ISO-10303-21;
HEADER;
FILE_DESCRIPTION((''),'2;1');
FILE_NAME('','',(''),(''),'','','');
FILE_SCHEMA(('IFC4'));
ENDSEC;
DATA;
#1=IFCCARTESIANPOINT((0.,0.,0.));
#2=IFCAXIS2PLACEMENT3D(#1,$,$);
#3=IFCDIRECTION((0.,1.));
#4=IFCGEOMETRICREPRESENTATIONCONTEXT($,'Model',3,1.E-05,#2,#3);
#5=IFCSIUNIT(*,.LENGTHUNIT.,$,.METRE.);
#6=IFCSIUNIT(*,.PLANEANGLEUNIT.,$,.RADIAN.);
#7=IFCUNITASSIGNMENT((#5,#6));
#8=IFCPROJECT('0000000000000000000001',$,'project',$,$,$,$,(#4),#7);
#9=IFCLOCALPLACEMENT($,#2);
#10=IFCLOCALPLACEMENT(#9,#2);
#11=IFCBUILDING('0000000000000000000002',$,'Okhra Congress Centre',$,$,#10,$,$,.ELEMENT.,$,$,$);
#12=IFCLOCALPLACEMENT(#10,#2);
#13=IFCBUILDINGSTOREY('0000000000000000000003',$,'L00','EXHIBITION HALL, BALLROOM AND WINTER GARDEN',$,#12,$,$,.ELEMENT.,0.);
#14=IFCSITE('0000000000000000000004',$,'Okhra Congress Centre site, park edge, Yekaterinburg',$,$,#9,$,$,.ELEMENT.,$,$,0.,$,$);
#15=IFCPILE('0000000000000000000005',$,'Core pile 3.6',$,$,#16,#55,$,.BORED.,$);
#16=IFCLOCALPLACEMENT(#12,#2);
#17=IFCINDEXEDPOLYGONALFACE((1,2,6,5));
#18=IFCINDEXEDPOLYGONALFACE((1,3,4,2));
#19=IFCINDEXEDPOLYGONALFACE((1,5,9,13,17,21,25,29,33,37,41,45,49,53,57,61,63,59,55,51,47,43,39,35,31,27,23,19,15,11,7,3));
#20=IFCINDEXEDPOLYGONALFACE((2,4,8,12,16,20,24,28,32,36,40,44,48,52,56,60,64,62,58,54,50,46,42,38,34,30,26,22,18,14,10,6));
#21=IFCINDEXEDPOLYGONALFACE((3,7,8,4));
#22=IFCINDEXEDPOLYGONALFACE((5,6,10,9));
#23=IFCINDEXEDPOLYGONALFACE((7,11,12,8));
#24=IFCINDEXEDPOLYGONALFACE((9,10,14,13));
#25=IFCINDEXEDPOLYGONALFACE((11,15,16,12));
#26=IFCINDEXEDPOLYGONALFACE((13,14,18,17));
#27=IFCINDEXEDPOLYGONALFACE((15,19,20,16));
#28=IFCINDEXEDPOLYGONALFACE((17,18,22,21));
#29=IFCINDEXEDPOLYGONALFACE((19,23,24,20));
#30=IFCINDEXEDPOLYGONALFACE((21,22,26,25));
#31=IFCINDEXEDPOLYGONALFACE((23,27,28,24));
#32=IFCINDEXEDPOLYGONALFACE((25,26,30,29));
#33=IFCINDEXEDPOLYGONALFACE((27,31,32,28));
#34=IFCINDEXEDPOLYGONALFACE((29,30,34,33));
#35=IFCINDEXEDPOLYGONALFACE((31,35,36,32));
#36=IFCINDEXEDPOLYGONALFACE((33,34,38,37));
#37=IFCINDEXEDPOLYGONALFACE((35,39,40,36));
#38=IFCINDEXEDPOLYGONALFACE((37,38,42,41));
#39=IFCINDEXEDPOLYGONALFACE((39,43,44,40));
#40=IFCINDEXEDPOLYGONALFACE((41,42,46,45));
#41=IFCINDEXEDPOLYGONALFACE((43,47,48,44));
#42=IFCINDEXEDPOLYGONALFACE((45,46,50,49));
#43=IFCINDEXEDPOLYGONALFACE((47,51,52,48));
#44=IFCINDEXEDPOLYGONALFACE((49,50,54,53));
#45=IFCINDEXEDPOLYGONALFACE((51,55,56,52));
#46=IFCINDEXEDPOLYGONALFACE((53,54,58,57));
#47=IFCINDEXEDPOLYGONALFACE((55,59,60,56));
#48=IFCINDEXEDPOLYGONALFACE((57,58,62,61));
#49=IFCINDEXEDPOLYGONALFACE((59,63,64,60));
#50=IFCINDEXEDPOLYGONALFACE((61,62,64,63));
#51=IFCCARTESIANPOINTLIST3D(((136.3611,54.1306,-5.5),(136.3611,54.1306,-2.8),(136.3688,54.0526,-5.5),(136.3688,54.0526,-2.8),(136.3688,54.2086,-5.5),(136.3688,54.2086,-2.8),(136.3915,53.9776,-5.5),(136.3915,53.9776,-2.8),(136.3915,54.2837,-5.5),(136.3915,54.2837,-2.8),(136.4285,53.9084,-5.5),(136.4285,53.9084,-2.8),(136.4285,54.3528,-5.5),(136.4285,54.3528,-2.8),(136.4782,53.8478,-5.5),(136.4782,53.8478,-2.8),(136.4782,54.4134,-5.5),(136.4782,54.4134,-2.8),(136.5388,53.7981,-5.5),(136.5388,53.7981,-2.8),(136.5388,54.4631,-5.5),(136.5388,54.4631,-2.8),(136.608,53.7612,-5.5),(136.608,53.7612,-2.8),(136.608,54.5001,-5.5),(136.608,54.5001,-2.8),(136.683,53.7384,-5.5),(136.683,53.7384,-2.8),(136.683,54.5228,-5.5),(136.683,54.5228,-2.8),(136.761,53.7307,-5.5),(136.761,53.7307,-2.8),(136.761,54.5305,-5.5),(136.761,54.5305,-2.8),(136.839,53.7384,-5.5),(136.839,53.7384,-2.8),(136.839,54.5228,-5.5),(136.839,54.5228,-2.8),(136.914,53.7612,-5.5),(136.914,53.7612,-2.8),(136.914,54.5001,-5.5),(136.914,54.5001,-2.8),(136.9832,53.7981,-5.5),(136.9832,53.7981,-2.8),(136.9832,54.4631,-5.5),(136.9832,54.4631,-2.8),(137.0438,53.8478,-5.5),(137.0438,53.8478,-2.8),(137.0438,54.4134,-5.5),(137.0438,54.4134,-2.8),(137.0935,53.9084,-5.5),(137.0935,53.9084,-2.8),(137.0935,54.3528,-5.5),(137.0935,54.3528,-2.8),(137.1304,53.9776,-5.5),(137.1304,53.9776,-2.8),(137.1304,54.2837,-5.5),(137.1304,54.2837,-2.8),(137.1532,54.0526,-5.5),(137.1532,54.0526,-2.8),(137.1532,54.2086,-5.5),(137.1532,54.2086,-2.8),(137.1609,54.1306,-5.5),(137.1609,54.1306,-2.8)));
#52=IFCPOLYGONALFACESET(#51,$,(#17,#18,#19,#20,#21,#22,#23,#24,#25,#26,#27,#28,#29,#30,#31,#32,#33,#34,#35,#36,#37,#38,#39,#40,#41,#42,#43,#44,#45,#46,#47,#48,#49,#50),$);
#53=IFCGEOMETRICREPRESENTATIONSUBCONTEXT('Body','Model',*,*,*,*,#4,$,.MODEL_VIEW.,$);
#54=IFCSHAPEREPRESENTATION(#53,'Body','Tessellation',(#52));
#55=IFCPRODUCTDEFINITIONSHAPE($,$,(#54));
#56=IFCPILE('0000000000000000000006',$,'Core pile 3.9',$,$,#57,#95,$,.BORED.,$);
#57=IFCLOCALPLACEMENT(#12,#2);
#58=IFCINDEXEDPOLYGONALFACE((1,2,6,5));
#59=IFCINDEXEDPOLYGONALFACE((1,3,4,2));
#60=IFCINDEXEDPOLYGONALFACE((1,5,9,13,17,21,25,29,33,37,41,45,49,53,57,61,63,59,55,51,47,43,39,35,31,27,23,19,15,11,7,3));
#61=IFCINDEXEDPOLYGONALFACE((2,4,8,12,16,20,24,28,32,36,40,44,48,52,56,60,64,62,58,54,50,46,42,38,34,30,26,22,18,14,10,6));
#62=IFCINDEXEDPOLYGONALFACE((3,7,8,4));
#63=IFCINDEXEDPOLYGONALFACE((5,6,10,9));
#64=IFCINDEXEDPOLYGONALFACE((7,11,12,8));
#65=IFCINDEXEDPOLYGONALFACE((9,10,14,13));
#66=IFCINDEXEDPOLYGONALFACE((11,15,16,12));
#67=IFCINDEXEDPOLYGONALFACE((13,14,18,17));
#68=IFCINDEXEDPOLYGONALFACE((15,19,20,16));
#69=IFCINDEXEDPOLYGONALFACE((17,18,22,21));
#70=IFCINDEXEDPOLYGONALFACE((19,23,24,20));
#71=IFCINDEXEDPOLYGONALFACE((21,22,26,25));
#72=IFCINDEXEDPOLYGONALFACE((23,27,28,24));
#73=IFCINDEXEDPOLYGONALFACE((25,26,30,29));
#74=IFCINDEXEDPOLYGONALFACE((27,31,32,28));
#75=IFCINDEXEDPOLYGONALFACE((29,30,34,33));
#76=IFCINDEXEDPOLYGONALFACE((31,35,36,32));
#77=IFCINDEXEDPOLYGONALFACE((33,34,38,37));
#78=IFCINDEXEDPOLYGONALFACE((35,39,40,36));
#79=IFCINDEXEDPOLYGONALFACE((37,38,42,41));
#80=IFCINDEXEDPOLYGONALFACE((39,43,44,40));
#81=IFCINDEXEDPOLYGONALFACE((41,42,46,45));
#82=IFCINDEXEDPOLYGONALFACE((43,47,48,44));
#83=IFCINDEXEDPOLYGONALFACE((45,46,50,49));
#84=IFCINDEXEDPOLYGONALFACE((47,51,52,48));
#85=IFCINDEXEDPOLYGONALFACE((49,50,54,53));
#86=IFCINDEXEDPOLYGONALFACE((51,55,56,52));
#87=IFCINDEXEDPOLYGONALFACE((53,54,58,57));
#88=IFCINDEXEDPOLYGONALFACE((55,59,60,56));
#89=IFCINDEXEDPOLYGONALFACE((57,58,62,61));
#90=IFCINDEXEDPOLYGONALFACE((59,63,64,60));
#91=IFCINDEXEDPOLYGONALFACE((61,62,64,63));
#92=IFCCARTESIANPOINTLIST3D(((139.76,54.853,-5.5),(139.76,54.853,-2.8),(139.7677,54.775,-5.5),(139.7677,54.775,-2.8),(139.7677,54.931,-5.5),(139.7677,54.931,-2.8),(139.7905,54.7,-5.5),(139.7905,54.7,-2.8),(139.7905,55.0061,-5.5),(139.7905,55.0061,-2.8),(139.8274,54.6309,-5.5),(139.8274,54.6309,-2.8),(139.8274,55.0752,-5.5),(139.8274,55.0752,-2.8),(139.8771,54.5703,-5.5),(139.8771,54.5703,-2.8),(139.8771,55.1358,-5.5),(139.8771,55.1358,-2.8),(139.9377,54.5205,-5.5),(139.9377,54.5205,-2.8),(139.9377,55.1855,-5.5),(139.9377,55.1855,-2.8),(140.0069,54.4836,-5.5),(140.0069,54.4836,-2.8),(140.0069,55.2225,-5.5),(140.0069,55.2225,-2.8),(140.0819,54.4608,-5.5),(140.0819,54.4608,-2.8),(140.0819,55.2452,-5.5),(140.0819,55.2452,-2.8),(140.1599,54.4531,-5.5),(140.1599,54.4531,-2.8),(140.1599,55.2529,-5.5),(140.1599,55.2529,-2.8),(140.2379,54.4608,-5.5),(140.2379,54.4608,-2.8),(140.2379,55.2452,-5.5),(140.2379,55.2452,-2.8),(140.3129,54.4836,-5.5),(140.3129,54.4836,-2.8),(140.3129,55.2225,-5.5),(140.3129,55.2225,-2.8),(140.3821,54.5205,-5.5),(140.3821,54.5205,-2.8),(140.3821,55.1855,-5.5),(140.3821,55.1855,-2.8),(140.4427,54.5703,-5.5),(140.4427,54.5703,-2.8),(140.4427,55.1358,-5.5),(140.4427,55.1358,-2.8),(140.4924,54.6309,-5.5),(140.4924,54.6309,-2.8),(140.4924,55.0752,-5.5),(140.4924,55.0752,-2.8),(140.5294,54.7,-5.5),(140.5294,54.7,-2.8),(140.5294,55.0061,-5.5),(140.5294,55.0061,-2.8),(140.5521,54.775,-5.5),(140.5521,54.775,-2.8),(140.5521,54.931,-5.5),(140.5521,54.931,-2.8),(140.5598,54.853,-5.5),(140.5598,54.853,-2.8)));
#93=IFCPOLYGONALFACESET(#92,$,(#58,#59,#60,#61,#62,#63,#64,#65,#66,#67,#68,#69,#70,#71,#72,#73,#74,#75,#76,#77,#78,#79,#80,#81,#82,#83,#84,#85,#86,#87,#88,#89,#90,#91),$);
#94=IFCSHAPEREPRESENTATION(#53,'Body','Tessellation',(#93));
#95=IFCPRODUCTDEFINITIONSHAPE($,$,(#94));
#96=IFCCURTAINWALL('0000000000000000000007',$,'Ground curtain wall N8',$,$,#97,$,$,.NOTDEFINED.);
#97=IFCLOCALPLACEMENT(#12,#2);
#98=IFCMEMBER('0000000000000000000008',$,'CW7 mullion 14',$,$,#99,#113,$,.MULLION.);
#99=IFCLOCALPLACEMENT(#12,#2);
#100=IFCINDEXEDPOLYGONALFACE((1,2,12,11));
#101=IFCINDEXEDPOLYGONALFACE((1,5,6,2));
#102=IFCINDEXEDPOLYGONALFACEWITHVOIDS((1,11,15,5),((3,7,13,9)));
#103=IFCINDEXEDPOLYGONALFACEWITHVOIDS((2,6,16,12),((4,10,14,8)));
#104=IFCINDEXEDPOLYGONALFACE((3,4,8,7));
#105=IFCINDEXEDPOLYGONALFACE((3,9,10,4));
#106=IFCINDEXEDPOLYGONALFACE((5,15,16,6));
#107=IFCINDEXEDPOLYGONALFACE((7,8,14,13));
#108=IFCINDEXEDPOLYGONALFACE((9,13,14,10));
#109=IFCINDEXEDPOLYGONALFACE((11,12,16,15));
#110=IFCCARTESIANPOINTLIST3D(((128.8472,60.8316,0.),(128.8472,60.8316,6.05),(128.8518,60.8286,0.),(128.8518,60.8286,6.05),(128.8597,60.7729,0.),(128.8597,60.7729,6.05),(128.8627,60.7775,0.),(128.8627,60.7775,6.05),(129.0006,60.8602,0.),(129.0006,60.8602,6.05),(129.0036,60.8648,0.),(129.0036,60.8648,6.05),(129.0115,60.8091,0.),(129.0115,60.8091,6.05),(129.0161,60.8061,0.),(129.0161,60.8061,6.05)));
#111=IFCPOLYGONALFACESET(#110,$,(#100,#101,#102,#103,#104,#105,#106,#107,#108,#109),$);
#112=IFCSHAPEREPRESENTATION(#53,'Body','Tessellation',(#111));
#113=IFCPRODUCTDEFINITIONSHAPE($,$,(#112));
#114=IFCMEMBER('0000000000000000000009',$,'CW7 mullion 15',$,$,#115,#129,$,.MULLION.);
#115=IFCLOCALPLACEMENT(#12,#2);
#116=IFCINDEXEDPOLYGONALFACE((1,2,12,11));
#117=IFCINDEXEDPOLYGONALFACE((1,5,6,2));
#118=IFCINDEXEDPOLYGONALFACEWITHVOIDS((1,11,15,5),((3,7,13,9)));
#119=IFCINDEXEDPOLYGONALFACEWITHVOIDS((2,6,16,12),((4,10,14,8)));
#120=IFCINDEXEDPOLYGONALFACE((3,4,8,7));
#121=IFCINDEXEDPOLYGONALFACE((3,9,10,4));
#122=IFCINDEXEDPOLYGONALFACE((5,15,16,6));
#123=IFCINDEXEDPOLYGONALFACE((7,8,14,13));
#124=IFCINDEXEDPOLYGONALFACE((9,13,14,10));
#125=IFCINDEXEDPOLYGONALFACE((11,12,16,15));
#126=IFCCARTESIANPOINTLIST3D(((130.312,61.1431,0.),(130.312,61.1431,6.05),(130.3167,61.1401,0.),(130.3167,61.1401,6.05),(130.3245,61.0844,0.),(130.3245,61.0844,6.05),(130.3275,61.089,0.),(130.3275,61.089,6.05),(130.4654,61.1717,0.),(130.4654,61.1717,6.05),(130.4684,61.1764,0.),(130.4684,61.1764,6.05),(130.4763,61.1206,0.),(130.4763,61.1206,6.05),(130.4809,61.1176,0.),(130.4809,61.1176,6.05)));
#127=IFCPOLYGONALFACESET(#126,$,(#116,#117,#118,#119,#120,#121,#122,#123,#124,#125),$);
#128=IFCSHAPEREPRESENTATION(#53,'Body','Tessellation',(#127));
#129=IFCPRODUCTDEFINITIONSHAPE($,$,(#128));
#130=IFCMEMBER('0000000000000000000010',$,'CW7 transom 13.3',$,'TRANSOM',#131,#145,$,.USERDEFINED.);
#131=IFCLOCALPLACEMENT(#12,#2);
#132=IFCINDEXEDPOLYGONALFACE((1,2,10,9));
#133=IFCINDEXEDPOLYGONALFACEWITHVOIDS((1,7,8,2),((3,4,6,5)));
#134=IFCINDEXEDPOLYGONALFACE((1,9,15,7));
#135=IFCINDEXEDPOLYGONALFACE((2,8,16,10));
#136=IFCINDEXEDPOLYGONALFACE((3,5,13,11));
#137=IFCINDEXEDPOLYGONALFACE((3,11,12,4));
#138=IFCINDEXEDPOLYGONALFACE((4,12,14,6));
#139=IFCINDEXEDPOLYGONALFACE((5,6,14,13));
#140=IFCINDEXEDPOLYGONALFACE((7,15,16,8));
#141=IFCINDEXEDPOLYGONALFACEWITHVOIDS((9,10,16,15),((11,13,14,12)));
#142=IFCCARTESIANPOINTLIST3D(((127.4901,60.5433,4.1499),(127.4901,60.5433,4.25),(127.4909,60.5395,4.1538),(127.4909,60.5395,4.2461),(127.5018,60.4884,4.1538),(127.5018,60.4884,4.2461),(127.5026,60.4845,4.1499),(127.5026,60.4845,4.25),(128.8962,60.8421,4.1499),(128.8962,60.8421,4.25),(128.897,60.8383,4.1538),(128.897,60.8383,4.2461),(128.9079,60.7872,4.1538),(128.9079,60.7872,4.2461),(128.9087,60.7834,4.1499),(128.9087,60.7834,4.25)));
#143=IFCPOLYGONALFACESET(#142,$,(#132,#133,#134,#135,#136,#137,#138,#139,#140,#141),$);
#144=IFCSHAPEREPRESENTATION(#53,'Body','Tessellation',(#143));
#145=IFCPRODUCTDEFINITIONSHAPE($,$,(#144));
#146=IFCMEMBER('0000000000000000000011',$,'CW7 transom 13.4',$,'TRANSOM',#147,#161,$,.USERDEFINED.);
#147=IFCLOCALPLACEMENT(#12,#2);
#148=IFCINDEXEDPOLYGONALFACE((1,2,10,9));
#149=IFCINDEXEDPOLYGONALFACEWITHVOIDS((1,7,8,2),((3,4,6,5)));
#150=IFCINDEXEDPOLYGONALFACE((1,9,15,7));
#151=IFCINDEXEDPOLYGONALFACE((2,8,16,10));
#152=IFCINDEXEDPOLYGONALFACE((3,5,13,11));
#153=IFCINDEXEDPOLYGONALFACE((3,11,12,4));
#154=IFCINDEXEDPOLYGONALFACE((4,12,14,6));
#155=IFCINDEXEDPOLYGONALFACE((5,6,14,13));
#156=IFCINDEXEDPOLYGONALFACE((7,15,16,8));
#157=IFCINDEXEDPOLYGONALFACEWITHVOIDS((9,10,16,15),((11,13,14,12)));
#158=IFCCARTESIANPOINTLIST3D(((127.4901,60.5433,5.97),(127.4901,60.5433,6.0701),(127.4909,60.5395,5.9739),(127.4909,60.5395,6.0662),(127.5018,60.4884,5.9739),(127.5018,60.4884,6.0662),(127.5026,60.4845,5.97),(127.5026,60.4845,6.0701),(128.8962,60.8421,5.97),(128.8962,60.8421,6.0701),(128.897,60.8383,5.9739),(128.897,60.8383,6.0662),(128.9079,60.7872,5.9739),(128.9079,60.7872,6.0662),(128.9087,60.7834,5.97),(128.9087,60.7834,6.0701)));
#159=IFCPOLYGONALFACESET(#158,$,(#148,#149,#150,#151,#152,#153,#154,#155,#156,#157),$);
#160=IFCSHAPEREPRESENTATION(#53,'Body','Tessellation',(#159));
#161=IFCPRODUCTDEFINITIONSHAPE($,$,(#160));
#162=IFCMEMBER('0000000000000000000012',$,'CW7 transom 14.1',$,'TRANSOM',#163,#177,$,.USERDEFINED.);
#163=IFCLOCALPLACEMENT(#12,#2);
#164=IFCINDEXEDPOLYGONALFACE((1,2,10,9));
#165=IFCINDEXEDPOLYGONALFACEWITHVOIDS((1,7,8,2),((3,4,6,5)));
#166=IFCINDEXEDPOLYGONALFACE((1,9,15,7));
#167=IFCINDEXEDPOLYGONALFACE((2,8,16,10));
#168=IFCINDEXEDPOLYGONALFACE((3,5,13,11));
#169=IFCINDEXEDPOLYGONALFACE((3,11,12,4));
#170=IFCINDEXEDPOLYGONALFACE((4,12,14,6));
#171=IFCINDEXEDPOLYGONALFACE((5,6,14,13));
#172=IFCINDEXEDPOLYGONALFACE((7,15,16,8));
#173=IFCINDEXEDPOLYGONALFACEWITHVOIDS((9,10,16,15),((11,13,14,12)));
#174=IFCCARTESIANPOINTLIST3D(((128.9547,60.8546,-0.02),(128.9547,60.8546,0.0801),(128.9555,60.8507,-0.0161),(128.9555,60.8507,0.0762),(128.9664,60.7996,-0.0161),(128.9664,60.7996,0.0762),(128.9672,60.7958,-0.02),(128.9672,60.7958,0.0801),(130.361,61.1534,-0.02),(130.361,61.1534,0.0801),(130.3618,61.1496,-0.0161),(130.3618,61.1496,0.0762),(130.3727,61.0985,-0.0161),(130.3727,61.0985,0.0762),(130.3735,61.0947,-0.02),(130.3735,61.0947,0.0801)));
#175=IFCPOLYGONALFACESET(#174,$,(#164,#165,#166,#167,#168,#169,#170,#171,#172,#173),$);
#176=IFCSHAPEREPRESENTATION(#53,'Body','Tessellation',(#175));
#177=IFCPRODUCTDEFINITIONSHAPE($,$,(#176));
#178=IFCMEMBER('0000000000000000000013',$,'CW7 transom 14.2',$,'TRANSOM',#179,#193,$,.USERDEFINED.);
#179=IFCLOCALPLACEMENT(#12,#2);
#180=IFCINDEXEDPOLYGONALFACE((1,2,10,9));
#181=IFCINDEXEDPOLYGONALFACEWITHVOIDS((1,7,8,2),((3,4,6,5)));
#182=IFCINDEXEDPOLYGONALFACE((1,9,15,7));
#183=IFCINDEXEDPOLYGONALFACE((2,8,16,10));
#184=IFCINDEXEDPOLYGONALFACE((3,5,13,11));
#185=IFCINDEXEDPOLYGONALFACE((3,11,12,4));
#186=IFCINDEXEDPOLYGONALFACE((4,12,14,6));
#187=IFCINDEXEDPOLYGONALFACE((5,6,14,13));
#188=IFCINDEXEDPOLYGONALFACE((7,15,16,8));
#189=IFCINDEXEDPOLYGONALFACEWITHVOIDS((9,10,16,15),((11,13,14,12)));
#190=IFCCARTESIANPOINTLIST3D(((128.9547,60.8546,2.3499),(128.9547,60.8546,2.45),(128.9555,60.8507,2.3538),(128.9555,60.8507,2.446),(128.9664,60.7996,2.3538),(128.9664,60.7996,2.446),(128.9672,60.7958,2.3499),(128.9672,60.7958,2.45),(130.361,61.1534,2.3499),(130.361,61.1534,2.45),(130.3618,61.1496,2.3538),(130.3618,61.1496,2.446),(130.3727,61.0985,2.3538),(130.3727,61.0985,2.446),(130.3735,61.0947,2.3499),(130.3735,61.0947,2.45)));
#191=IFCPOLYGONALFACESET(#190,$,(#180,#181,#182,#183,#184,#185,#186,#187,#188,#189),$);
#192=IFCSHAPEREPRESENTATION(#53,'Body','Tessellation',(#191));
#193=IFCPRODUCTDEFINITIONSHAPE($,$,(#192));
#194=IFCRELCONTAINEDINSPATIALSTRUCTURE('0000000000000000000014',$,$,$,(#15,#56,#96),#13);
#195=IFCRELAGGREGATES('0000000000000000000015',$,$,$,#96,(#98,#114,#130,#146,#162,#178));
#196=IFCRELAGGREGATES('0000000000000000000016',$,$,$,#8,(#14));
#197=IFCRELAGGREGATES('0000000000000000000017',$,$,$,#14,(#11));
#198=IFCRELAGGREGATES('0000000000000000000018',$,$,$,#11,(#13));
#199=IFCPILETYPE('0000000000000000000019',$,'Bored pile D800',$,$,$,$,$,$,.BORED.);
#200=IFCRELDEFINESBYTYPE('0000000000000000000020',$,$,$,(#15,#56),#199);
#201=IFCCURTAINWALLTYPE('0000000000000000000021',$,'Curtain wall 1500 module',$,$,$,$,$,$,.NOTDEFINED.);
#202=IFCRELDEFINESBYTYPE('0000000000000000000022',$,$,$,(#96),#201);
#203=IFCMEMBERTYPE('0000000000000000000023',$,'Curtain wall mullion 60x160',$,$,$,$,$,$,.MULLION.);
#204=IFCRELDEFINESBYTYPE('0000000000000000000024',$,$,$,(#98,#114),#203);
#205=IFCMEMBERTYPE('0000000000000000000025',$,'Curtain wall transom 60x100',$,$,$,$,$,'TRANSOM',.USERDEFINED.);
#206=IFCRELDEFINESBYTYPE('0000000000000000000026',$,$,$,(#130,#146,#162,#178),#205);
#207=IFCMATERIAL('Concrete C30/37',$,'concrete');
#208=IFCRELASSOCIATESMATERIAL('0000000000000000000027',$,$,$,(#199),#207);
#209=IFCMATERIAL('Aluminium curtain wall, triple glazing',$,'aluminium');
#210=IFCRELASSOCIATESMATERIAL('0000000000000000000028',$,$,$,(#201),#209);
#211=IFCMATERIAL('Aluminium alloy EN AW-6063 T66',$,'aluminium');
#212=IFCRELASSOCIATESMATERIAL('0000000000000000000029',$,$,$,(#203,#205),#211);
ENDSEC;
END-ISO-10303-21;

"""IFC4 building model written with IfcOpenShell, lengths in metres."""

from ifc_helpers import new_model, si_unit, direction, frame, origin, origin_2d, place, context, subcontext, project, spatial, hollow_rectangle, circle, extrude, material, material_profile, profile_set, type_object, element, aggregate, save


model = new_model("IFC4")

# Units and contexts
model_context = context("Model", 3, precision=1e-05, world=origin(), true_north=direction((0.0, 1.0)))
body_context = subcontext(model_context, "Body", "Model", "MODEL_VIEW")
ifc_project = project(units=[si_unit("LENGTHUNIT", "METRE"), si_unit("PLANEANGLEUNIT", "RADIAN")], contexts=[model_context])

# Site, building, storey
site_placement = place(None, origin())
site = spatial("IfcSite", under=ifc_project, at=site_placement, Name="Okhra Congress Centre site, park edge, Yekaterinburg", CompositionType="ELEMENT", RefElevation=0.0)
building_placement = place(site_placement, origin())
building = spatial("IfcBuilding", under=site, at=building_placement, Name="Okhra Congress Centre", CompositionType="ELEMENT")
storey_placement = place(building_placement, origin())
storey = spatial("IfcBuildingStorey", under=building, at=storey_placement, Name="L00", Description="EXHIBITION HALL, BALLROOM AND WINTER GARDEN", CompositionType="ELEMENT", Elevation=0.0)

# Piles
ifc_material_1 = material(Name="Concrete C30/37", Category="concrete")
ifc_material_profile_1 = material_profile(ifc_material_1, circle(Radius=0.3999, at=origin_2d()), Name="D800")
ifc_profile_set_1 = profile_set([ifc_material_profile_1], Name="Concrete C30/37")
pile_type = type_object("IfcPileType", Name="Bored pile D800", PredefinedType="BORED", material=ifc_profile_set_1)
for number, where, z_axis, x_axis, name in (
    (1, (136.761, 54.1306, -2.8), (0.0, 0.0, -1.0), (1.0, 0.0, 0.0), "Core pile 3.6"),
    (2, (140.1599, 54.853, -2.8), (0.0, 0.0, -1.0), (1.0, 0.0, 0.0), "Core pile 3.9"),
):
    element("IfcPile", number, at=place(storey_placement, frame(where, z_axis=z_axis, x_axis=x_axis)), inside=storey, type_object=pile_type, Name=name, PredefinedType="BORED", context=body_context, shape_type="SweptSolid", body=[
        extrude(circle(Radius=0.3999, at=origin_2d()), origin(), (0.0, 0.0, 1.0), 2.7),
    ])

# Curtain wall, members
ifc_material_2 = material(Name="Aluminium curtain wall, triple glazing", Category="aluminium")
curtain_wall_type = type_object("IfcCurtainWallType", Name="Curtain wall 1500 module", PredefinedType="NOTDEFINED", material=ifc_material_2)
curtain_wall_placement = place(storey_placement, origin())
curtain_wall = element("IfcCurtainWall", 3, at=curtain_wall_placement, inside=storey, type_object=curtain_wall_type, Name="Ground curtain wall N8", PredefinedType="NOTDEFINED")
ifc_material_3 = material(Name="Aluminium alloy EN AW-6063 T66", Category="aluminium")
ifc_material_profile_2 = material_profile(ifc_material_3, hollow_rectangle(XDim=0.0601, YDim=0.1599, WallThickness=0.0039, at=origin_2d()), Name="RHS 60x160x4")
ifc_profile_set_2 = profile_set([ifc_material_profile_2], Name="Aluminium alloy EN AW-6063 T66")
member_type_1 = type_object("IfcMemberType", Name="Curtain wall mullion 60x160", PredefinedType="MULLION", material=ifc_profile_set_2)
member_1_placement = place(storey_placement, frame((128.9316, 60.8188, 0.0), z_axis=(0.0, 0.0, 1.0), x_axis=(-0.207912, 0.978148, 0.0)))
member_1 = element("IfcMember", 4, at=member_1_placement, type_object=member_type_1, Name="CW7 mullion 14", PredefinedType="MULLION", context=body_context, shape_type="SweptSolid", body=[
    extrude(hollow_rectangle(XDim=0.0601, YDim=0.1599, WallThickness=0.0039, at=origin_2d()), origin(), (0.0, 0.0, 1.0), 6.05),
])
member_2_placement = place(storey_placement, frame((130.3965, 61.1304, 0.0), z_axis=(0.0, 0.0, 1.0), x_axis=(-0.207912, 0.978148, 0.0)))
member_2 = element("IfcMember", 5, at=member_2_placement, type_object=member_type_1, Name="CW7 mullion 15", PredefinedType="MULLION", context=body_context, shape_type="SweptSolid", body=[
    extrude(hollow_rectangle(XDim=0.0601, YDim=0.1599, WallThickness=0.0039, at=origin_2d()), origin(), (0.0, 0.0, 1.0), 6.05),
])
ifc_material_profile_3 = material_profile(ifc_material_3, hollow_rectangle(XDim=0.0601, YDim=0.1001, WallThickness=0.0039, at=origin_2d()), Name="RHS 60x100x4")
ifc_profile_set_3 = profile_set([ifc_material_profile_3], Name="Aluminium alloy EN AW-6063 T66")
member_type_2 = type_object("IfcMemberType", Name="Curtain wall transom 60x100", ElementType="TRANSOM", PredefinedType="USERDEFINED", material=ifc_profile_set_3)
member_3_placement = place(storey_placement, frame((127.4963, 60.5139, 4.2), z_axis=(0.978152, 0.207893, 0.0), x_axis=(-0.207893, 0.978152, 0.0)))
member_3 = element("IfcMember", 6, at=member_3_placement, type_object=member_type_2, Name="CW7 transom 13.3", ObjectType="TRANSOM", PredefinedType="USERDEFINED", context=body_context, shape_type="SweptSolid", body=[
    extrude(hollow_rectangle(XDim=0.0601, YDim=0.1001, WallThickness=0.0039, at=origin_2d()), origin(), (0.0, 0.0, 1.0), 1.4375),
])
member_4_placement = place(storey_placement, frame((127.4963, 60.5139, 6.02), z_axis=(0.978152, 0.207893, 0.0), x_axis=(-0.207893, 0.978152, 0.0)))
member_4 = element("IfcMember", 7, at=member_4_placement, type_object=member_type_2, Name="CW7 transom 13.4", ObjectType="TRANSOM", PredefinedType="USERDEFINED", context=body_context, shape_type="SweptSolid", body=[
    extrude(hollow_rectangle(XDim=0.0601, YDim=0.1001, WallThickness=0.0039, at=origin_2d()), origin(), (0.0, 0.0, 1.0), 1.4375),
])
member_5_placement = place(storey_placement, frame((128.9609, 60.8252, 0.03), z_axis=(0.978159, 0.207859, 0.0), x_axis=(-0.207859, 0.978159, 0.0)))
member_5 = element("IfcMember", 8, at=member_5_placement, type_object=member_type_2, Name="CW7 transom 14.1", ObjectType="TRANSOM", PredefinedType="USERDEFINED", context=body_context, shape_type="SweptSolid", body=[
    extrude(hollow_rectangle(XDim=0.0601, YDim=0.1001, WallThickness=0.0039, at=origin_2d()), origin(), (0.0, 0.0, 1.0), 1.4377),
])
member_6_placement = place(storey_placement, frame((128.9609, 60.8252, 2.3999), z_axis=(0.978159, 0.207859, 0.0), x_axis=(-0.207859, 0.978159, 0.0)))
member_6 = element("IfcMember", 9, at=member_6_placement, type_object=member_type_2, Name="CW7 transom 14.2", ObjectType="TRANSOM", PredefinedType="USERDEFINED", context=body_context, shape_type="SweptSolid", body=[
    extrude(hollow_rectangle(XDim=0.0601, YDim=0.1001, WallThickness=0.0039, at=origin_2d()), origin(), (0.0, 0.0, 1.0), 1.4377),
])

aggregate(curtain_wall, [member_1, member_2, member_3, member_4, member_5, member_6])

save(model, "model.ifc")
